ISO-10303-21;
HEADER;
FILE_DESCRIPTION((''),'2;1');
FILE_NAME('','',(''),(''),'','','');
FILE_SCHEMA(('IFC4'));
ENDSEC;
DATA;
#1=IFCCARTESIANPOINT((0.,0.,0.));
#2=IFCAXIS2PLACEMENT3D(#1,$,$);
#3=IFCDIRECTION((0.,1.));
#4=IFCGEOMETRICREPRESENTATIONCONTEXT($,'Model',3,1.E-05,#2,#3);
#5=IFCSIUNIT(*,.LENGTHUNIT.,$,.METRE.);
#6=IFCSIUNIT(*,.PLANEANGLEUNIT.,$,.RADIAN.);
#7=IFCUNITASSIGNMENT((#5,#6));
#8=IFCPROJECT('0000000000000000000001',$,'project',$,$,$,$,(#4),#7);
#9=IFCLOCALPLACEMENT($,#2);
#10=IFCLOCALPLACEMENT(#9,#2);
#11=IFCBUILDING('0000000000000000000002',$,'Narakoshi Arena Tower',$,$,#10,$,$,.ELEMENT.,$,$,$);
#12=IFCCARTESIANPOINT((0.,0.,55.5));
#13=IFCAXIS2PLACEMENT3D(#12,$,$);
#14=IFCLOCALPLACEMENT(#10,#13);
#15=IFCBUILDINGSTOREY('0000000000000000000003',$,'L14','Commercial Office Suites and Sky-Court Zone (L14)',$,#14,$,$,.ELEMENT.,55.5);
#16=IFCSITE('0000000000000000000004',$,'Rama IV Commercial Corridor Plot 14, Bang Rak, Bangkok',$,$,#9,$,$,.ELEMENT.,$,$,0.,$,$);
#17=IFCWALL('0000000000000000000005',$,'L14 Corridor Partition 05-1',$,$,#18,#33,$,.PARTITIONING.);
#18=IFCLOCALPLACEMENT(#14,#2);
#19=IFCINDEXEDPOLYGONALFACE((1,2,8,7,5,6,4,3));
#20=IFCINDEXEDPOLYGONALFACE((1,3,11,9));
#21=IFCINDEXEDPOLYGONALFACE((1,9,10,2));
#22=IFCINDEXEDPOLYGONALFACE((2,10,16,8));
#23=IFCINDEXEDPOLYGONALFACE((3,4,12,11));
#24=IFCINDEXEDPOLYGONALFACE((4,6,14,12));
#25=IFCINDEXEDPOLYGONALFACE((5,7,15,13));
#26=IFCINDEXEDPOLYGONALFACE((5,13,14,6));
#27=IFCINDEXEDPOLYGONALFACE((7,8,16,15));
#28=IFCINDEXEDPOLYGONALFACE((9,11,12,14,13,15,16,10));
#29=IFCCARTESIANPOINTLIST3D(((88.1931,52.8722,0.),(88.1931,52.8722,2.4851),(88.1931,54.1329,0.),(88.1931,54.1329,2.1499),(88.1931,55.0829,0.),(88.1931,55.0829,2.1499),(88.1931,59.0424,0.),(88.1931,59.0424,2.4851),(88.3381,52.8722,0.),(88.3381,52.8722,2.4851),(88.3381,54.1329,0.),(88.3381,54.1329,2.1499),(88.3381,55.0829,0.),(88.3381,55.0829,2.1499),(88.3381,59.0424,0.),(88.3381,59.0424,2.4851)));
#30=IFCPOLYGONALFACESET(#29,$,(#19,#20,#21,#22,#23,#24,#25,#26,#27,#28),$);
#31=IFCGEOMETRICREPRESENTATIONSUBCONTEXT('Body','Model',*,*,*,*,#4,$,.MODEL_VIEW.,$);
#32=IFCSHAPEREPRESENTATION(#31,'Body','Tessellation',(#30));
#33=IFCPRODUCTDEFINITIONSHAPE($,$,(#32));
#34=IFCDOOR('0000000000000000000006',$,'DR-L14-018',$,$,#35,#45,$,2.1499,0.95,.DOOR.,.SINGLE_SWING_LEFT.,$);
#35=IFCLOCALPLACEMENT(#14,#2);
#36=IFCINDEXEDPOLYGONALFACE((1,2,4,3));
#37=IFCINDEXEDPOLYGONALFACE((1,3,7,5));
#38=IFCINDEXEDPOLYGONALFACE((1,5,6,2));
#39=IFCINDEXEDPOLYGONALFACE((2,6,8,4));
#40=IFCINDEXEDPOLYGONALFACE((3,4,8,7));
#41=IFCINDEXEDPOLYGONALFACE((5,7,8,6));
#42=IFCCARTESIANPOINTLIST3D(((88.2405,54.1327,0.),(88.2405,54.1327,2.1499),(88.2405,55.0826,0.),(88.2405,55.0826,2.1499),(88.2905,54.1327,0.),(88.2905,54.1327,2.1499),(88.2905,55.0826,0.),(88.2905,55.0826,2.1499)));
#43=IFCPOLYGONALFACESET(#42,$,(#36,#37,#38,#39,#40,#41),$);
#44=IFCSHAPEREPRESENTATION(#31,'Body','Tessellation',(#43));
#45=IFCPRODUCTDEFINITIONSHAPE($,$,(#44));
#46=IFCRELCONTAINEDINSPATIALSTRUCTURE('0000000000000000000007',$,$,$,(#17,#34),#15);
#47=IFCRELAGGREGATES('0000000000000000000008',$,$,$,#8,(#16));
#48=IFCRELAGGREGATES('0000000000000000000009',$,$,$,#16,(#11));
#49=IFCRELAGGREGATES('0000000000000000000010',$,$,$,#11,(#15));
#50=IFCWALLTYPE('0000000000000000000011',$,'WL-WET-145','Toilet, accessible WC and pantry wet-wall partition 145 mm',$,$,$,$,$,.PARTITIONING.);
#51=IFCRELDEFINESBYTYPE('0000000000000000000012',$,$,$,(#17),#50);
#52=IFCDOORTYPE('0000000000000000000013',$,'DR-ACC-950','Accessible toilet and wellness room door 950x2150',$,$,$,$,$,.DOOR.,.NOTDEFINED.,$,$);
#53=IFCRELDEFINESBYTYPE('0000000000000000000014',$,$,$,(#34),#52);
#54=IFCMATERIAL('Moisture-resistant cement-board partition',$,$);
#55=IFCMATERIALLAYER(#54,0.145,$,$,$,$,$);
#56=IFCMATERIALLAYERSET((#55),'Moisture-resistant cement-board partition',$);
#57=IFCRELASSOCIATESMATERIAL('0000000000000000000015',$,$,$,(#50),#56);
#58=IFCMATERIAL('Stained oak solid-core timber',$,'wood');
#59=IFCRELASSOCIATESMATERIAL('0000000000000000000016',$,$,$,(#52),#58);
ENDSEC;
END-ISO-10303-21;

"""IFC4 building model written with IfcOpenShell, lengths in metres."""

from ifc_helpers import new_model, si_unit, direction, frame, frame_2d, origin, place, context, subcontext, project, spatial, rectangle, extrude, material, layer, layer_set, type_object, element, fill, save


model = new_model("IFC4")

# Units and contexts
model_context = context("Model", 3, precision=1e-05, world=origin(), true_north=direction((0.0, 1.0)))
body_context = subcontext(model_context, "Body", "Model", "MODEL_VIEW")
ifc_project = project(units=[si_unit("LENGTHUNIT", "METRE"), si_unit("PLANEANGLEUNIT", "RADIAN")], contexts=[model_context])

# Site, building, storey
site_placement = place(None, origin())
site = spatial("IfcSite", under=ifc_project, at=site_placement, Name="Rama IV Commercial Corridor Plot 14, Bang Rak, Bangkok", CompositionType="ELEMENT", RefElevation=0.0)
building_placement = place(site_placement, origin())
building = spatial("IfcBuilding", under=site, at=building_placement, Name="Narakoshi Arena Tower", CompositionType="ELEMENT")
storey_placement = place(building_placement, frame((0.0, 0.0, 55.5)))
storey = spatial("IfcBuildingStorey", under=building, at=storey_placement, Name="L14", Description="Commercial Office Suites and Sky-Court Zone (L14)", CompositionType="ELEMENT", Elevation=55.5)

# Shared definitions
ifc_material_1 = material(Name="Stained oak solid-core timber", Category="wood")

# Shared definitions
ifc_material_2 = material(Name="Moisture-resistant cement-board partition")
ifc_layer_1 = layer(ifc_material_2, 0.145)
ifc_layer_set_1 = layer_set([ifc_layer_1], Name="Moisture-resistant cement-board partition")
wall_type_1 = type_object("IfcWallType", Name="WL-WET-145", Description="Toilet, accessible WC and pantry wet-wall partition 145 mm", PredefinedType="PARTITIONING", material=ifc_layer_set_1)

# Wall, opening, door
wall_1_placement = place(storey_placement, frame((88.2656, 52.8723, 0.0), z_axis=(0.0, 0.0, 1.0), x_axis=(0.0, 1.0, 0.0)))
wall_1 = element("IfcWall", 1, at=wall_1_placement, inside=storey, type_object=wall_type_1, Name="L14 Corridor Partition 05-1", PredefinedType="PARTITIONING", context=body_context, shape_type="SweptSolid", body=[
    extrude(rectangle(XDim=6.1702, YDim=0.145, at=frame_2d((3.085, 0.0))), origin(), (0.0, 0.0, 1.0), 2.4851),
])
opening_1_placement = place(wall_1_placement, frame((1.2605, 0.0, 0.0)))
opening_1 = element("IfcOpeningElement", 2, at=opening_1_placement, cuts=wall_1, PredefinedType="OPENING", context=body_context, shape_type="SweptSolid", body=[
    extrude(rectangle(XDim=0.95, YDim=2.1499, at=frame_2d((0.4751, 1.075))), frame((0.0, 0.0825, 0.0), z_axis=(0.0, -1.0, 0.0), x_axis=(1.0, 0.0, 0.0)), (0.0, 0.0, 1.0), 0.165),
])
door_type_1 = type_object("IfcDoorType", Name="DR-ACC-950", Description="Accessible toilet and wellness room door 950x2150", OperationType="NOTDEFINED", PredefinedType="DOOR", material=ifc_material_1)
door_1_placement = place(opening_1_placement, frame((0.95, 0.0, 0.0), z_axis=(0.0, 0.0, 1.0), x_axis=(-1.0, 0.0, 0.0)))
door_1 = element("IfcDoor", 3, at=door_1_placement, inside=storey, type_object=door_type_1, Name="DR-L14-018", OperationType="SINGLE_SWING_LEFT", OverallHeight=2.1499, OverallWidth=0.95, PredefinedType="DOOR", context=body_context, shape_type="SweptSolid", body=[
    extrude(rectangle(XDim=0.95, YDim=2.1499, at=frame_2d((0.4751, 1.075))), frame((0.0, 0.0249, 0.0), z_axis=(0.0, -1.0, 0.0), x_axis=(1.0, 0.0, 0.0)), (0.0, 0.0, 1.0), 0.05),
])
fill(opening_1, door_1)

save(model, "model.ifc")
